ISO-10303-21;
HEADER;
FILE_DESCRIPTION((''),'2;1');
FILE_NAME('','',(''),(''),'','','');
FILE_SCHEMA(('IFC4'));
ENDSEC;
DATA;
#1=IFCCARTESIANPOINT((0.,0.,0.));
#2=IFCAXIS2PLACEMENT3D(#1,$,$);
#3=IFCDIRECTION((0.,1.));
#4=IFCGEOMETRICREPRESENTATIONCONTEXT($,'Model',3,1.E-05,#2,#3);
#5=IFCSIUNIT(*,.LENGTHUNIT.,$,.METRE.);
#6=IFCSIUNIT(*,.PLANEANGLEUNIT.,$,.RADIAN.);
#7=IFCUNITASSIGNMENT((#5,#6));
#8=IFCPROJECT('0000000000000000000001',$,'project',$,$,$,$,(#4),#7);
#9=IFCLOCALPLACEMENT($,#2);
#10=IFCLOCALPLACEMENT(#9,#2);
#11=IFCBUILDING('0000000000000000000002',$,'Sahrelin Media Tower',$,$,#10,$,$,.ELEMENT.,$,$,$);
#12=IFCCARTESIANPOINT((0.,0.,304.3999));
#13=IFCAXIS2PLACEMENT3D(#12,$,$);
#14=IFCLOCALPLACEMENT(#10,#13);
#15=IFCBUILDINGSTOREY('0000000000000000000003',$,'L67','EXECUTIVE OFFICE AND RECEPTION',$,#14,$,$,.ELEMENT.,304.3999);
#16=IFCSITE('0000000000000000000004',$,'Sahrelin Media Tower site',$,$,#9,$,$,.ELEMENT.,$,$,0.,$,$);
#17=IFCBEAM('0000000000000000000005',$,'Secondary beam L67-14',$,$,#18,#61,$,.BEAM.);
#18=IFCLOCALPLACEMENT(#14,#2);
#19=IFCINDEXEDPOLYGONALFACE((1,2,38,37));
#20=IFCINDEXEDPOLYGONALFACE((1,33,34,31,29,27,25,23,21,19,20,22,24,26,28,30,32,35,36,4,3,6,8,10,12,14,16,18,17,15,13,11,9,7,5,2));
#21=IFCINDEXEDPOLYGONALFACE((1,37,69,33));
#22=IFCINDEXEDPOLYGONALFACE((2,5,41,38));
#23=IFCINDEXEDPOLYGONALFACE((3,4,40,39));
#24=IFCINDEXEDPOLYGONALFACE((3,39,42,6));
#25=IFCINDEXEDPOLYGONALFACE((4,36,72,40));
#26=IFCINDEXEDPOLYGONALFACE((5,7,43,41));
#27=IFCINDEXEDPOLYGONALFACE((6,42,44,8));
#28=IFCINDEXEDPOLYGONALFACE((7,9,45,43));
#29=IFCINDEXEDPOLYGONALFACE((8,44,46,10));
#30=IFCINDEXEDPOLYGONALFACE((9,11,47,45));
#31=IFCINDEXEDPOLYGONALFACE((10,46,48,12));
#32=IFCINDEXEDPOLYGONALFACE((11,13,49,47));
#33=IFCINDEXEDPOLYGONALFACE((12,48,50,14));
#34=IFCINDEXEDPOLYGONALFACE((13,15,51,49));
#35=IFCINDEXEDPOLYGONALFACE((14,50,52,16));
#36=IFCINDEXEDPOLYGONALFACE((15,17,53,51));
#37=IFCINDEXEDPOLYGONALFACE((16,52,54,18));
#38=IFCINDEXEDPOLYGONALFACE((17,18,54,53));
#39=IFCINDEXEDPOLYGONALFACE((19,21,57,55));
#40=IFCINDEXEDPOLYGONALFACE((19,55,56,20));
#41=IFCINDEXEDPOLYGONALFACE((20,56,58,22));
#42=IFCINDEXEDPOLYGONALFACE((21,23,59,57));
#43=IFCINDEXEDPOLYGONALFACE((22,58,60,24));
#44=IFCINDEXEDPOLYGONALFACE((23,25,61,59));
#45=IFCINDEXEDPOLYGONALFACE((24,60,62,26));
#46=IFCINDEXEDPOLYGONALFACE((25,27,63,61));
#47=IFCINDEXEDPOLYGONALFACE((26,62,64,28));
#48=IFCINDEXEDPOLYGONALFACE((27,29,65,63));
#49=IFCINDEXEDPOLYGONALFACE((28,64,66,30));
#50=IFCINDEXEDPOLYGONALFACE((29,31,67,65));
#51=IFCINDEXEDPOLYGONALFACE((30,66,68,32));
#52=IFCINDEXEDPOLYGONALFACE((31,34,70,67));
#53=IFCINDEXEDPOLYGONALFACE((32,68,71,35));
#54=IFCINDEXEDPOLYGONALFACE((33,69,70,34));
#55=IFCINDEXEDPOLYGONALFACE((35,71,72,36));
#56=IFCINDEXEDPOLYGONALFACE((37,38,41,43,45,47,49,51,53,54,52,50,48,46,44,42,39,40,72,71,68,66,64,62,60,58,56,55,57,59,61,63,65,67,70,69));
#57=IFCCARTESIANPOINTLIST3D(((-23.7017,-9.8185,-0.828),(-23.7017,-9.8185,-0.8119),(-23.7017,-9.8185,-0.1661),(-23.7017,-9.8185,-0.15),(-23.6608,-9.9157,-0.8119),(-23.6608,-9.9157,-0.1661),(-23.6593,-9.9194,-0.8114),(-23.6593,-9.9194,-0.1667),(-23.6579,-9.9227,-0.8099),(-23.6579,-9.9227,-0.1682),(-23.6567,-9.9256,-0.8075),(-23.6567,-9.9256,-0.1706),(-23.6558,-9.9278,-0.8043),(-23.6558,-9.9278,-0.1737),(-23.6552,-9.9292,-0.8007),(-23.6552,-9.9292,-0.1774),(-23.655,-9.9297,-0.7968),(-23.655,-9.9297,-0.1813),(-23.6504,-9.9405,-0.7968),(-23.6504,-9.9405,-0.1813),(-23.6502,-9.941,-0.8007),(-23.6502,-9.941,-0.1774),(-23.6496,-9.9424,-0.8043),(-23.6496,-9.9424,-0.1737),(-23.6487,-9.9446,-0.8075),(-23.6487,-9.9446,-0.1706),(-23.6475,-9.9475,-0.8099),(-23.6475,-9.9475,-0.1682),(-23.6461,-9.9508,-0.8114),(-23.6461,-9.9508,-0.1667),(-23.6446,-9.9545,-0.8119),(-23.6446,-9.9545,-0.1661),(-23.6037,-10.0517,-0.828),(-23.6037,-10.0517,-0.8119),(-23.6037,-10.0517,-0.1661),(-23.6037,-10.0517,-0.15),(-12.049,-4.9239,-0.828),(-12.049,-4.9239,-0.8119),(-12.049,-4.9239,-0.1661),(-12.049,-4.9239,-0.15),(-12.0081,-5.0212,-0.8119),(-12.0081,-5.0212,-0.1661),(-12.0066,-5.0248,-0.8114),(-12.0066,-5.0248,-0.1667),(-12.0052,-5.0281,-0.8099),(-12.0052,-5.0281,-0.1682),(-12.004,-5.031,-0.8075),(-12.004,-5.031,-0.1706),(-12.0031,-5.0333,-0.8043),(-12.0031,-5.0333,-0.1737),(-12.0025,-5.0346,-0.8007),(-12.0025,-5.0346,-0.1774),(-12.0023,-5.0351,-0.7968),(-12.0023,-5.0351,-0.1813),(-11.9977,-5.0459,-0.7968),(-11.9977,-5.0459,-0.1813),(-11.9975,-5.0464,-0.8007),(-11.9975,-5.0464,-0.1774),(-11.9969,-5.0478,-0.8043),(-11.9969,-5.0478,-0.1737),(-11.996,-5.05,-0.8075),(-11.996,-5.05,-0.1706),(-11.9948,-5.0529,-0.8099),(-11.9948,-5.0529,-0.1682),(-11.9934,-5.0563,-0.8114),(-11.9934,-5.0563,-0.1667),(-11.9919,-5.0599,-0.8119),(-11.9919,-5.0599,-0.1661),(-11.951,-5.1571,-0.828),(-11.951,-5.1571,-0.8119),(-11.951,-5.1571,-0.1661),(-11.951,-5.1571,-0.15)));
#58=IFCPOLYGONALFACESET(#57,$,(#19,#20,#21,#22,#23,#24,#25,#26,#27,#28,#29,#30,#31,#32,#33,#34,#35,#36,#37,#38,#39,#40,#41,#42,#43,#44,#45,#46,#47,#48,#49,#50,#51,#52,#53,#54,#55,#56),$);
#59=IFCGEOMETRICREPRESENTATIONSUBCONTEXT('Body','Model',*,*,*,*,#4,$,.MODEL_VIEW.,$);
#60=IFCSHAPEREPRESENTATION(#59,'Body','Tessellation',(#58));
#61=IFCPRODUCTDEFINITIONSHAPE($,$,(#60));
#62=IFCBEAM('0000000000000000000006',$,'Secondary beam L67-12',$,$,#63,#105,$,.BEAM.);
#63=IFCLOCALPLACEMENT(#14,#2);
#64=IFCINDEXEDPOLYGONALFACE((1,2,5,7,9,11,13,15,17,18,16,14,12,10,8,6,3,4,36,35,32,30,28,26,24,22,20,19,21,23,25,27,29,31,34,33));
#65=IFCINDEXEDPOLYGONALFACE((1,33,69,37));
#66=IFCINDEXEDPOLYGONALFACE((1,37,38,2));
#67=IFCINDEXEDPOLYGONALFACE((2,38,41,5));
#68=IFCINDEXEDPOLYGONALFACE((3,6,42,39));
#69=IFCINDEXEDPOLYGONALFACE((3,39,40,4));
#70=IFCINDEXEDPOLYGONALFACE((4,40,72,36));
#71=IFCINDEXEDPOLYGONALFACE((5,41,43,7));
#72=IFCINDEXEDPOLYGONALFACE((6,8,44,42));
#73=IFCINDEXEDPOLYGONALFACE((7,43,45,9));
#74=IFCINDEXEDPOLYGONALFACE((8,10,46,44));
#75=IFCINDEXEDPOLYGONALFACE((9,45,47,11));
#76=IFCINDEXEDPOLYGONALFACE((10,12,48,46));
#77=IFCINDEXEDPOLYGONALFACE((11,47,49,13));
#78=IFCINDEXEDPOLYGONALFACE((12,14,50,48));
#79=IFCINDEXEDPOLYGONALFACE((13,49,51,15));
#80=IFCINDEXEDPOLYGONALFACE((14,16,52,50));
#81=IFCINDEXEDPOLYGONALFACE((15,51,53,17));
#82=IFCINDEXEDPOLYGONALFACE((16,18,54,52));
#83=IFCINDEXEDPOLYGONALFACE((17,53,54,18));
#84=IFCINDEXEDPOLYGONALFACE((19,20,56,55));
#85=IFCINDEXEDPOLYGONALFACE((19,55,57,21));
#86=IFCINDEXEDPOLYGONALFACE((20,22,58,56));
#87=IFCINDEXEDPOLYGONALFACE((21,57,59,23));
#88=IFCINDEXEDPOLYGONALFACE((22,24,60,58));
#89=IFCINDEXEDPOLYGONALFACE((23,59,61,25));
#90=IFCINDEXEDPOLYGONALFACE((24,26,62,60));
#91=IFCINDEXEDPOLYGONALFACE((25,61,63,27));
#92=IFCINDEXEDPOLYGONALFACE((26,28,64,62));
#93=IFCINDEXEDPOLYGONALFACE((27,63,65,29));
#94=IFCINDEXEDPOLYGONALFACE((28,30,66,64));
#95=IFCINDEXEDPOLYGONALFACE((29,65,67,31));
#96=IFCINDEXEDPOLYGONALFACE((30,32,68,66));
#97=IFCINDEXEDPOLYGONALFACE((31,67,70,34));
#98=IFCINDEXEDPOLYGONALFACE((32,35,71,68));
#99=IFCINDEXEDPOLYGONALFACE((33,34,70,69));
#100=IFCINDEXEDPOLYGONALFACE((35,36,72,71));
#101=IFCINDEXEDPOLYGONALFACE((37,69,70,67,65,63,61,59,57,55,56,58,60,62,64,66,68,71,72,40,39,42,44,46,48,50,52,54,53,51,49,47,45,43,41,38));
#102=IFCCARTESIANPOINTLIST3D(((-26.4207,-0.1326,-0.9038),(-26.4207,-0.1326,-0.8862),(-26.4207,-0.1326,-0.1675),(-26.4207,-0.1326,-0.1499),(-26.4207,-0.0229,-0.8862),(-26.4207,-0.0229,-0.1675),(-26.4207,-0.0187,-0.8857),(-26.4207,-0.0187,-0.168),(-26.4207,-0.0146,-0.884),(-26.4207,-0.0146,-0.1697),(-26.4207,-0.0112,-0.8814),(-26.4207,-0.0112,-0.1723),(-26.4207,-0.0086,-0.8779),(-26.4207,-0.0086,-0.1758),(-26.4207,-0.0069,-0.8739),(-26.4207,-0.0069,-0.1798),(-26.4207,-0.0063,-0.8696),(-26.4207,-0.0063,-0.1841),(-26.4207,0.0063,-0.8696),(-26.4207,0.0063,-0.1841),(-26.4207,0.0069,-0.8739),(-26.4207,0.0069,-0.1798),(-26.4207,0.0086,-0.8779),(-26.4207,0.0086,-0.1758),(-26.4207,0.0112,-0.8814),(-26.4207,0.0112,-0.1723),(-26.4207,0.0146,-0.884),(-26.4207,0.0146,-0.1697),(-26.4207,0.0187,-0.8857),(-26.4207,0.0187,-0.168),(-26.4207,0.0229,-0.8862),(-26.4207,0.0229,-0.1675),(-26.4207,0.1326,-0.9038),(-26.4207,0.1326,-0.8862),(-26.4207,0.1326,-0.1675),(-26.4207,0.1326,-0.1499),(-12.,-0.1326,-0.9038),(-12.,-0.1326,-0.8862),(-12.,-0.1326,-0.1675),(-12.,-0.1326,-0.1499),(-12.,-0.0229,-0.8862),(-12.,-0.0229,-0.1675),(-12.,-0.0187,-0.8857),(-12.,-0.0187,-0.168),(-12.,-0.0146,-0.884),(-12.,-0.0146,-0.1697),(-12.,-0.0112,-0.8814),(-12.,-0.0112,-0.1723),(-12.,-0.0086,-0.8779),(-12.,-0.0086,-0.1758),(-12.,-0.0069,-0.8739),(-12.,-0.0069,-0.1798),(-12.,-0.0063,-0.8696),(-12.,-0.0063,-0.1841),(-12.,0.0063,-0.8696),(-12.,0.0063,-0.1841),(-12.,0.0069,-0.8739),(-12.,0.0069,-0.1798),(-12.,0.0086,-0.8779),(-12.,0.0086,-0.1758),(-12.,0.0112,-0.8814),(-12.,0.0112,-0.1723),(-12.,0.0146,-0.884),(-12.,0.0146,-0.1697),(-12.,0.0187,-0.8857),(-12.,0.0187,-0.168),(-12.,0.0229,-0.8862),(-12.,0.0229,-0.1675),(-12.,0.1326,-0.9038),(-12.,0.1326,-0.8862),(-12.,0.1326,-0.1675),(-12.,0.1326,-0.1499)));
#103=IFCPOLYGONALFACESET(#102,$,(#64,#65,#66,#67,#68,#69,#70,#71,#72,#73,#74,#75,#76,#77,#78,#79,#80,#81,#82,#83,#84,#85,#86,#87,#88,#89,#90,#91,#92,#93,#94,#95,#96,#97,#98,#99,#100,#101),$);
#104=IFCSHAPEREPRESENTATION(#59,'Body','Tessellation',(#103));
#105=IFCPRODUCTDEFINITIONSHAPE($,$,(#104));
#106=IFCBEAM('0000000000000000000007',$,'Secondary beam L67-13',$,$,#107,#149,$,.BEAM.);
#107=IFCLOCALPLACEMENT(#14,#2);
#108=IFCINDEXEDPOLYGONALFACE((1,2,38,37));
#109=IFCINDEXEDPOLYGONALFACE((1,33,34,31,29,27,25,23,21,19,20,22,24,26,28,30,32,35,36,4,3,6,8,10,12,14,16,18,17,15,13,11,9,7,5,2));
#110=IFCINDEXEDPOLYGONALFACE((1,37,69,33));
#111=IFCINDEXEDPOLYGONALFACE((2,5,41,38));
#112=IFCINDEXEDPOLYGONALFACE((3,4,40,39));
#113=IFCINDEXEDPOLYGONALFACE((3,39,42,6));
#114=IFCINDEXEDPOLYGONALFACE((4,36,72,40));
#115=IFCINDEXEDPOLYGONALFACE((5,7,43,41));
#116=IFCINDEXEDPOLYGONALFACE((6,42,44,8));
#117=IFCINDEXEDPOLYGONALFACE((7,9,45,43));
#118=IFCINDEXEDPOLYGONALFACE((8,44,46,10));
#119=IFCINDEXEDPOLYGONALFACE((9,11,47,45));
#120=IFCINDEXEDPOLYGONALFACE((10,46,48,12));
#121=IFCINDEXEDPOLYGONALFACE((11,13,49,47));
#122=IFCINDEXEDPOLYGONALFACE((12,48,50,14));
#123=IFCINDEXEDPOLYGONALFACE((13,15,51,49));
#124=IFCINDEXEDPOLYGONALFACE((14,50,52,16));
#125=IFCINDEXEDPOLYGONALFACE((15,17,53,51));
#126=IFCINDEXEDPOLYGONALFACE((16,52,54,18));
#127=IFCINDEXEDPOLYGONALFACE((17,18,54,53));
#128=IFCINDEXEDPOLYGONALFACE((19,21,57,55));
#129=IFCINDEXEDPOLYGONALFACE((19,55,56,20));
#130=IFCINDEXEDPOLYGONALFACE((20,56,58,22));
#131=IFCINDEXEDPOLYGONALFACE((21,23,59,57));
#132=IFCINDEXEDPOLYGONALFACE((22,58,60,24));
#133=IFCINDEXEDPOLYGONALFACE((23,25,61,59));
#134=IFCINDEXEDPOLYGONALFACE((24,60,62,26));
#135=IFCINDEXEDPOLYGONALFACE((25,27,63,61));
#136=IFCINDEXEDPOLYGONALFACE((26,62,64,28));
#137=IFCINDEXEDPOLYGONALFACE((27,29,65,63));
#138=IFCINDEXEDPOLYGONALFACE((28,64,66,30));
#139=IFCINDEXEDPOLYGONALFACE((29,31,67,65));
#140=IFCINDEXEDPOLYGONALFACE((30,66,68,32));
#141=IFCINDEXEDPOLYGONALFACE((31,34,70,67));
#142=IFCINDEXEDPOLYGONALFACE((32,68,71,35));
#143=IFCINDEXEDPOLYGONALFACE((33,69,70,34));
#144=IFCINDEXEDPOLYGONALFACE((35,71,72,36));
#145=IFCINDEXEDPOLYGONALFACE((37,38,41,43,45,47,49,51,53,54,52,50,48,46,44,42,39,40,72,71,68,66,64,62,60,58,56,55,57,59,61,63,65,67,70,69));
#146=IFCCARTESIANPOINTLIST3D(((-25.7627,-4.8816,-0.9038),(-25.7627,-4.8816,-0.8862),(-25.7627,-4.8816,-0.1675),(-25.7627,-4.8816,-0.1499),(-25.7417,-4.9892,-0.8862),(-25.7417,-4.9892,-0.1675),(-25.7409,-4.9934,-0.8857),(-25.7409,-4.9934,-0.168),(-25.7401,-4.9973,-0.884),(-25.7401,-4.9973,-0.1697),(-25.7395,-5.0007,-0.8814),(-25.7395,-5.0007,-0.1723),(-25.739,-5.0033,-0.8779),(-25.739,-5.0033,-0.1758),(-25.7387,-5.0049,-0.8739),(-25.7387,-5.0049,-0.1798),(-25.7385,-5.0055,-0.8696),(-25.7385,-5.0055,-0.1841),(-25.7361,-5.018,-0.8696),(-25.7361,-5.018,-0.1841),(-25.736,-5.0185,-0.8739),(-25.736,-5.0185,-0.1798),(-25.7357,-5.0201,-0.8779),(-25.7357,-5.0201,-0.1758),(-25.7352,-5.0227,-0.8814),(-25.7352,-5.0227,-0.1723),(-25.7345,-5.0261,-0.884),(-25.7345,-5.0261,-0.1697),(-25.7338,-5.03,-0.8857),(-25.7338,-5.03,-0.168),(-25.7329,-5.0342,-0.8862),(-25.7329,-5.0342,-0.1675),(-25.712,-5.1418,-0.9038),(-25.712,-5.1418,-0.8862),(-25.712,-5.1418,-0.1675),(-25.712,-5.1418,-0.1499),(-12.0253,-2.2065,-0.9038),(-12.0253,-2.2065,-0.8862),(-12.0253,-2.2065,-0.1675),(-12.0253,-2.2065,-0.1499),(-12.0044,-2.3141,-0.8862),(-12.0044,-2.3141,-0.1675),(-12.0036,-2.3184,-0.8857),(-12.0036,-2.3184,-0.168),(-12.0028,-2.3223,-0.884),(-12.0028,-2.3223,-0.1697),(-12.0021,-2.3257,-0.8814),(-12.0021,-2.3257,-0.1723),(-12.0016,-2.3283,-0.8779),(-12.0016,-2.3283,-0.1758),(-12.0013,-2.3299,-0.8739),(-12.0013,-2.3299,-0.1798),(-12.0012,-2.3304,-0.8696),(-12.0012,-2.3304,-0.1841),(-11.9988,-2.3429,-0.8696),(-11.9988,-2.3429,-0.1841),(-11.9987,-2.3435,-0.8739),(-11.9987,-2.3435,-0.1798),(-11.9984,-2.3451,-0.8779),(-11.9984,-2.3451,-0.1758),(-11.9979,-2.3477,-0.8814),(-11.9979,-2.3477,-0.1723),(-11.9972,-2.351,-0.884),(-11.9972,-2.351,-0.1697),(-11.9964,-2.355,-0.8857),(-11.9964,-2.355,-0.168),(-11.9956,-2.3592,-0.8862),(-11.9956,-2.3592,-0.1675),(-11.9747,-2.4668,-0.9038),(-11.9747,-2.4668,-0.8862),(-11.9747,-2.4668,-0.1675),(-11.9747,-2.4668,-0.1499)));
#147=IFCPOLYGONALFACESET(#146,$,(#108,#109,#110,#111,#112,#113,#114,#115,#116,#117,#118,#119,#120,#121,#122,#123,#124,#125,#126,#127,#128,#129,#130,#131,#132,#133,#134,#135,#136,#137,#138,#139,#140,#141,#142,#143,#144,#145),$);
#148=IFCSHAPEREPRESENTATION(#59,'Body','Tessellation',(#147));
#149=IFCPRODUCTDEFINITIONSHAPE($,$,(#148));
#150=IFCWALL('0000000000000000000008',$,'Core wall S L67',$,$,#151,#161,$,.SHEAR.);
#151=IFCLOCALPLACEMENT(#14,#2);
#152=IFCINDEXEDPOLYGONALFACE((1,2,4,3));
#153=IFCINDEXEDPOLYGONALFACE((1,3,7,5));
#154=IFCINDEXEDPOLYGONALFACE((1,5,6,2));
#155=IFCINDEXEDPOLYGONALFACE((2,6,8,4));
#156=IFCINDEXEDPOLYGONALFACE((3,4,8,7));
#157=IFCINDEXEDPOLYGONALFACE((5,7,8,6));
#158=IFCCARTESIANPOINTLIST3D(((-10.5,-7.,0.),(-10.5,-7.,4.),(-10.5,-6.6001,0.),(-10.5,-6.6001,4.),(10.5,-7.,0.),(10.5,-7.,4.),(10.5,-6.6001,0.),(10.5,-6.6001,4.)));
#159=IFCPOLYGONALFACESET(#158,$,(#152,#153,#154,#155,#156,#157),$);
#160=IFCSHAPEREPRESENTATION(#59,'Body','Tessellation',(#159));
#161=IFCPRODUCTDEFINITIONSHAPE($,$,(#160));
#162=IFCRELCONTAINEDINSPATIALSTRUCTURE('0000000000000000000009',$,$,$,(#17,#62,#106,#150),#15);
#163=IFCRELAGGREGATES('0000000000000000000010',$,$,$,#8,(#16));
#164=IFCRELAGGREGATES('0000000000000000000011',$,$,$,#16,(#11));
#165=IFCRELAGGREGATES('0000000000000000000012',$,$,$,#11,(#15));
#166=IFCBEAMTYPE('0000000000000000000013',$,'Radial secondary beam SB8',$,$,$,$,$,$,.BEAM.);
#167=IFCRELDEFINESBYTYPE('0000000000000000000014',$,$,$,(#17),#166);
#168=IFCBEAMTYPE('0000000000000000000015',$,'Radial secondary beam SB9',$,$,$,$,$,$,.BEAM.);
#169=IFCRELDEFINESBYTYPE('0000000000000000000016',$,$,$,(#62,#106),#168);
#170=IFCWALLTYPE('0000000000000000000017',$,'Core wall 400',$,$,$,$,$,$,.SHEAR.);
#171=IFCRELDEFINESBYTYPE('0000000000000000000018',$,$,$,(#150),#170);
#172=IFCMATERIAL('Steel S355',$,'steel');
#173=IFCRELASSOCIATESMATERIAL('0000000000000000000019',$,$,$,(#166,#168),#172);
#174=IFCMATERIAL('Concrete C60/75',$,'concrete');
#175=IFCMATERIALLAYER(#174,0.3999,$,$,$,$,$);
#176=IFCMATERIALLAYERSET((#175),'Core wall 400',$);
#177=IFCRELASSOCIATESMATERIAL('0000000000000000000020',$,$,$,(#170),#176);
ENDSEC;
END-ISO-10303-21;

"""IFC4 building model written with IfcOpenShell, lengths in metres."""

from ifc_helpers import new_model, si_unit, direction, frame, frame_2d, origin, origin_2d, place, context, subcontext, project, spatial, rectangle, i_section, extrude, material, layer, layer_set, material_profile, profile_set, type_object, element, save


model = new_model("IFC4")

# Units and contexts
model_context = context("Model", 3, precision=1e-05, world=origin(), true_north=direction((0.0, 1.0)))
body_context = subcontext(model_context, "Body", "Model", "MODEL_VIEW")
ifc_project = project(units=[si_unit("LENGTHUNIT", "METRE"), si_unit("PLANEANGLEUNIT", "RADIAN")], contexts=[model_context])

# Site, building, storey
site_placement = place(None, origin())
site = spatial("IfcSite", under=ifc_project, at=site_placement, Name="Sahrelin Media Tower site", CompositionType="ELEMENT", RefElevation=0.0)
building_placement = place(site_placement, origin())
building = spatial("IfcBuilding", under=site, at=building_placement, Name="Sahrelin Media Tower", CompositionType="ELEMENT")
storey_placement = place(building_placement, frame((0.0, 0.0, 304.3999)))
storey = spatial("IfcBuildingStorey", under=building, at=storey_placement, Name="L67", Description="EXECUTIVE OFFICE AND RECEPTION", CompositionType="ELEMENT", Elevation=304.3999)

# Beams
ifc_material_1 = material(Name="Steel S355", Category="steel")
ifc_material_profile_1 = material_profile(ifc_material_1, i_section(OverallWidth=0.2529, OverallDepth=0.678, WebThickness=0.0117, FlangeThickness=0.0161, FilletRadius=0.0151, at=origin_2d()), Name="UB 686x254x125")
ifc_profile_set_1 = profile_set([ifc_material_profile_1], Name="Steel S355")
beam_type_1 = type_object("IfcBeamType", Name="Radial secondary beam SB8", PredefinedType="BEAM", material=ifc_profile_set_1)
beam_1_placement = place(storey_placement, frame((-12.0, -5.0405, -0.489), z_axis=(-0.92197, -0.387262, 0.0), x_axis=(0.387262, -0.92197, 0.0)))
element("IfcBeam", 1, at=beam_1_placement, inside=storey, type_object=beam_type_1, Name="Secondary beam L67-14", PredefinedType="BEAM", context=body_context, shape_type="SweptSolid", body=[
    extrude(i_section(OverallWidth=0.2529, OverallDepth=0.678, WebThickness=0.0117, FlangeThickness=0.0161, FilletRadius=0.0151, at=origin_2d()), origin(), (0.0, 0.0, 1.0), 12.6389),
])
ifc_material_profile_2 = material_profile(ifc_material_1, i_section(OverallWidth=0.2651, OverallDepth=0.7539, WebThickness=0.0127, FlangeThickness=0.0176, FilletRadius=0.0166, at=origin_2d()), Name="UB 762x267x147")
ifc_profile_set_2 = profile_set([ifc_material_profile_2], Name="Steel S355")
beam_type_2 = type_object("IfcBeamType", Name="Radial secondary beam SB9", PredefinedType="BEAM", material=ifc_profile_set_2)
beam_2_placement = place(storey_placement, frame((-12.0, 0.0, -0.5269), z_axis=(-1.0, 0.0, 0.0), x_axis=(0.0, -1.0, 0.0)))
element("IfcBeam", 2, at=beam_2_placement, inside=storey, type_object=beam_type_2, Name="Secondary beam L67-12", PredefinedType="BEAM", context=body_context, shape_type="SweptSolid", body=[
    extrude(i_section(OverallWidth=0.2651, OverallDepth=0.7539, WebThickness=0.0127, FlangeThickness=0.0176, FilletRadius=0.0166, at=origin_2d()), origin(), (0.0, 0.0, 1.0), 14.4207),
])
beam_3_placement = place(storey_placement, frame((-12.0, -2.3367, -0.5269), z_axis=(-0.981563, -0.191139, 0.0), x_axis=(0.191139, -0.981563, 0.0)))
element("IfcBeam", 3, at=beam_3_placement, inside=storey, type_object=beam_type_2, Name="Secondary beam L67-13", PredefinedType="BEAM", context=body_context, shape_type="SweptSolid", body=[
    extrude(i_section(OverallWidth=0.2651, OverallDepth=0.7539, WebThickness=0.0127, FlangeThickness=0.0176, FilletRadius=0.0166, at=origin_2d()), origin(), (0.0, 0.0, 1.0), 13.9954),
])

# Wall
ifc_material_2 = material(Name="Concrete C60/75", Category="concrete")
ifc_layer_1 = layer(ifc_material_2, 0.3999)
ifc_layer_set_1 = layer_set([ifc_layer_1], Name="Core wall 400")
wall_type_1 = type_object("IfcWallType", Name="Core wall 400", PredefinedType="SHEAR", material=ifc_layer_set_1)
wall_1_placement = place(storey_placement, frame((-10.5, -6.8, 0.0), z_axis=(0.0, 0.0, 1.0), x_axis=(1.0, 0.0, 0.0)))
element("IfcWall", 4, at=wall_1_placement, inside=storey, type_object=wall_type_1, Name="Core wall S L67", PredefinedType="SHEAR", context=body_context, shape_type="SweptSolid", body=[
    extrude(rectangle(XDim=21.0, YDim=0.3999, at=frame_2d((10.5, 0.0))), origin(), (0.0, 0.0, 1.0), 4.0),
])

save(model, "model.ifc")
